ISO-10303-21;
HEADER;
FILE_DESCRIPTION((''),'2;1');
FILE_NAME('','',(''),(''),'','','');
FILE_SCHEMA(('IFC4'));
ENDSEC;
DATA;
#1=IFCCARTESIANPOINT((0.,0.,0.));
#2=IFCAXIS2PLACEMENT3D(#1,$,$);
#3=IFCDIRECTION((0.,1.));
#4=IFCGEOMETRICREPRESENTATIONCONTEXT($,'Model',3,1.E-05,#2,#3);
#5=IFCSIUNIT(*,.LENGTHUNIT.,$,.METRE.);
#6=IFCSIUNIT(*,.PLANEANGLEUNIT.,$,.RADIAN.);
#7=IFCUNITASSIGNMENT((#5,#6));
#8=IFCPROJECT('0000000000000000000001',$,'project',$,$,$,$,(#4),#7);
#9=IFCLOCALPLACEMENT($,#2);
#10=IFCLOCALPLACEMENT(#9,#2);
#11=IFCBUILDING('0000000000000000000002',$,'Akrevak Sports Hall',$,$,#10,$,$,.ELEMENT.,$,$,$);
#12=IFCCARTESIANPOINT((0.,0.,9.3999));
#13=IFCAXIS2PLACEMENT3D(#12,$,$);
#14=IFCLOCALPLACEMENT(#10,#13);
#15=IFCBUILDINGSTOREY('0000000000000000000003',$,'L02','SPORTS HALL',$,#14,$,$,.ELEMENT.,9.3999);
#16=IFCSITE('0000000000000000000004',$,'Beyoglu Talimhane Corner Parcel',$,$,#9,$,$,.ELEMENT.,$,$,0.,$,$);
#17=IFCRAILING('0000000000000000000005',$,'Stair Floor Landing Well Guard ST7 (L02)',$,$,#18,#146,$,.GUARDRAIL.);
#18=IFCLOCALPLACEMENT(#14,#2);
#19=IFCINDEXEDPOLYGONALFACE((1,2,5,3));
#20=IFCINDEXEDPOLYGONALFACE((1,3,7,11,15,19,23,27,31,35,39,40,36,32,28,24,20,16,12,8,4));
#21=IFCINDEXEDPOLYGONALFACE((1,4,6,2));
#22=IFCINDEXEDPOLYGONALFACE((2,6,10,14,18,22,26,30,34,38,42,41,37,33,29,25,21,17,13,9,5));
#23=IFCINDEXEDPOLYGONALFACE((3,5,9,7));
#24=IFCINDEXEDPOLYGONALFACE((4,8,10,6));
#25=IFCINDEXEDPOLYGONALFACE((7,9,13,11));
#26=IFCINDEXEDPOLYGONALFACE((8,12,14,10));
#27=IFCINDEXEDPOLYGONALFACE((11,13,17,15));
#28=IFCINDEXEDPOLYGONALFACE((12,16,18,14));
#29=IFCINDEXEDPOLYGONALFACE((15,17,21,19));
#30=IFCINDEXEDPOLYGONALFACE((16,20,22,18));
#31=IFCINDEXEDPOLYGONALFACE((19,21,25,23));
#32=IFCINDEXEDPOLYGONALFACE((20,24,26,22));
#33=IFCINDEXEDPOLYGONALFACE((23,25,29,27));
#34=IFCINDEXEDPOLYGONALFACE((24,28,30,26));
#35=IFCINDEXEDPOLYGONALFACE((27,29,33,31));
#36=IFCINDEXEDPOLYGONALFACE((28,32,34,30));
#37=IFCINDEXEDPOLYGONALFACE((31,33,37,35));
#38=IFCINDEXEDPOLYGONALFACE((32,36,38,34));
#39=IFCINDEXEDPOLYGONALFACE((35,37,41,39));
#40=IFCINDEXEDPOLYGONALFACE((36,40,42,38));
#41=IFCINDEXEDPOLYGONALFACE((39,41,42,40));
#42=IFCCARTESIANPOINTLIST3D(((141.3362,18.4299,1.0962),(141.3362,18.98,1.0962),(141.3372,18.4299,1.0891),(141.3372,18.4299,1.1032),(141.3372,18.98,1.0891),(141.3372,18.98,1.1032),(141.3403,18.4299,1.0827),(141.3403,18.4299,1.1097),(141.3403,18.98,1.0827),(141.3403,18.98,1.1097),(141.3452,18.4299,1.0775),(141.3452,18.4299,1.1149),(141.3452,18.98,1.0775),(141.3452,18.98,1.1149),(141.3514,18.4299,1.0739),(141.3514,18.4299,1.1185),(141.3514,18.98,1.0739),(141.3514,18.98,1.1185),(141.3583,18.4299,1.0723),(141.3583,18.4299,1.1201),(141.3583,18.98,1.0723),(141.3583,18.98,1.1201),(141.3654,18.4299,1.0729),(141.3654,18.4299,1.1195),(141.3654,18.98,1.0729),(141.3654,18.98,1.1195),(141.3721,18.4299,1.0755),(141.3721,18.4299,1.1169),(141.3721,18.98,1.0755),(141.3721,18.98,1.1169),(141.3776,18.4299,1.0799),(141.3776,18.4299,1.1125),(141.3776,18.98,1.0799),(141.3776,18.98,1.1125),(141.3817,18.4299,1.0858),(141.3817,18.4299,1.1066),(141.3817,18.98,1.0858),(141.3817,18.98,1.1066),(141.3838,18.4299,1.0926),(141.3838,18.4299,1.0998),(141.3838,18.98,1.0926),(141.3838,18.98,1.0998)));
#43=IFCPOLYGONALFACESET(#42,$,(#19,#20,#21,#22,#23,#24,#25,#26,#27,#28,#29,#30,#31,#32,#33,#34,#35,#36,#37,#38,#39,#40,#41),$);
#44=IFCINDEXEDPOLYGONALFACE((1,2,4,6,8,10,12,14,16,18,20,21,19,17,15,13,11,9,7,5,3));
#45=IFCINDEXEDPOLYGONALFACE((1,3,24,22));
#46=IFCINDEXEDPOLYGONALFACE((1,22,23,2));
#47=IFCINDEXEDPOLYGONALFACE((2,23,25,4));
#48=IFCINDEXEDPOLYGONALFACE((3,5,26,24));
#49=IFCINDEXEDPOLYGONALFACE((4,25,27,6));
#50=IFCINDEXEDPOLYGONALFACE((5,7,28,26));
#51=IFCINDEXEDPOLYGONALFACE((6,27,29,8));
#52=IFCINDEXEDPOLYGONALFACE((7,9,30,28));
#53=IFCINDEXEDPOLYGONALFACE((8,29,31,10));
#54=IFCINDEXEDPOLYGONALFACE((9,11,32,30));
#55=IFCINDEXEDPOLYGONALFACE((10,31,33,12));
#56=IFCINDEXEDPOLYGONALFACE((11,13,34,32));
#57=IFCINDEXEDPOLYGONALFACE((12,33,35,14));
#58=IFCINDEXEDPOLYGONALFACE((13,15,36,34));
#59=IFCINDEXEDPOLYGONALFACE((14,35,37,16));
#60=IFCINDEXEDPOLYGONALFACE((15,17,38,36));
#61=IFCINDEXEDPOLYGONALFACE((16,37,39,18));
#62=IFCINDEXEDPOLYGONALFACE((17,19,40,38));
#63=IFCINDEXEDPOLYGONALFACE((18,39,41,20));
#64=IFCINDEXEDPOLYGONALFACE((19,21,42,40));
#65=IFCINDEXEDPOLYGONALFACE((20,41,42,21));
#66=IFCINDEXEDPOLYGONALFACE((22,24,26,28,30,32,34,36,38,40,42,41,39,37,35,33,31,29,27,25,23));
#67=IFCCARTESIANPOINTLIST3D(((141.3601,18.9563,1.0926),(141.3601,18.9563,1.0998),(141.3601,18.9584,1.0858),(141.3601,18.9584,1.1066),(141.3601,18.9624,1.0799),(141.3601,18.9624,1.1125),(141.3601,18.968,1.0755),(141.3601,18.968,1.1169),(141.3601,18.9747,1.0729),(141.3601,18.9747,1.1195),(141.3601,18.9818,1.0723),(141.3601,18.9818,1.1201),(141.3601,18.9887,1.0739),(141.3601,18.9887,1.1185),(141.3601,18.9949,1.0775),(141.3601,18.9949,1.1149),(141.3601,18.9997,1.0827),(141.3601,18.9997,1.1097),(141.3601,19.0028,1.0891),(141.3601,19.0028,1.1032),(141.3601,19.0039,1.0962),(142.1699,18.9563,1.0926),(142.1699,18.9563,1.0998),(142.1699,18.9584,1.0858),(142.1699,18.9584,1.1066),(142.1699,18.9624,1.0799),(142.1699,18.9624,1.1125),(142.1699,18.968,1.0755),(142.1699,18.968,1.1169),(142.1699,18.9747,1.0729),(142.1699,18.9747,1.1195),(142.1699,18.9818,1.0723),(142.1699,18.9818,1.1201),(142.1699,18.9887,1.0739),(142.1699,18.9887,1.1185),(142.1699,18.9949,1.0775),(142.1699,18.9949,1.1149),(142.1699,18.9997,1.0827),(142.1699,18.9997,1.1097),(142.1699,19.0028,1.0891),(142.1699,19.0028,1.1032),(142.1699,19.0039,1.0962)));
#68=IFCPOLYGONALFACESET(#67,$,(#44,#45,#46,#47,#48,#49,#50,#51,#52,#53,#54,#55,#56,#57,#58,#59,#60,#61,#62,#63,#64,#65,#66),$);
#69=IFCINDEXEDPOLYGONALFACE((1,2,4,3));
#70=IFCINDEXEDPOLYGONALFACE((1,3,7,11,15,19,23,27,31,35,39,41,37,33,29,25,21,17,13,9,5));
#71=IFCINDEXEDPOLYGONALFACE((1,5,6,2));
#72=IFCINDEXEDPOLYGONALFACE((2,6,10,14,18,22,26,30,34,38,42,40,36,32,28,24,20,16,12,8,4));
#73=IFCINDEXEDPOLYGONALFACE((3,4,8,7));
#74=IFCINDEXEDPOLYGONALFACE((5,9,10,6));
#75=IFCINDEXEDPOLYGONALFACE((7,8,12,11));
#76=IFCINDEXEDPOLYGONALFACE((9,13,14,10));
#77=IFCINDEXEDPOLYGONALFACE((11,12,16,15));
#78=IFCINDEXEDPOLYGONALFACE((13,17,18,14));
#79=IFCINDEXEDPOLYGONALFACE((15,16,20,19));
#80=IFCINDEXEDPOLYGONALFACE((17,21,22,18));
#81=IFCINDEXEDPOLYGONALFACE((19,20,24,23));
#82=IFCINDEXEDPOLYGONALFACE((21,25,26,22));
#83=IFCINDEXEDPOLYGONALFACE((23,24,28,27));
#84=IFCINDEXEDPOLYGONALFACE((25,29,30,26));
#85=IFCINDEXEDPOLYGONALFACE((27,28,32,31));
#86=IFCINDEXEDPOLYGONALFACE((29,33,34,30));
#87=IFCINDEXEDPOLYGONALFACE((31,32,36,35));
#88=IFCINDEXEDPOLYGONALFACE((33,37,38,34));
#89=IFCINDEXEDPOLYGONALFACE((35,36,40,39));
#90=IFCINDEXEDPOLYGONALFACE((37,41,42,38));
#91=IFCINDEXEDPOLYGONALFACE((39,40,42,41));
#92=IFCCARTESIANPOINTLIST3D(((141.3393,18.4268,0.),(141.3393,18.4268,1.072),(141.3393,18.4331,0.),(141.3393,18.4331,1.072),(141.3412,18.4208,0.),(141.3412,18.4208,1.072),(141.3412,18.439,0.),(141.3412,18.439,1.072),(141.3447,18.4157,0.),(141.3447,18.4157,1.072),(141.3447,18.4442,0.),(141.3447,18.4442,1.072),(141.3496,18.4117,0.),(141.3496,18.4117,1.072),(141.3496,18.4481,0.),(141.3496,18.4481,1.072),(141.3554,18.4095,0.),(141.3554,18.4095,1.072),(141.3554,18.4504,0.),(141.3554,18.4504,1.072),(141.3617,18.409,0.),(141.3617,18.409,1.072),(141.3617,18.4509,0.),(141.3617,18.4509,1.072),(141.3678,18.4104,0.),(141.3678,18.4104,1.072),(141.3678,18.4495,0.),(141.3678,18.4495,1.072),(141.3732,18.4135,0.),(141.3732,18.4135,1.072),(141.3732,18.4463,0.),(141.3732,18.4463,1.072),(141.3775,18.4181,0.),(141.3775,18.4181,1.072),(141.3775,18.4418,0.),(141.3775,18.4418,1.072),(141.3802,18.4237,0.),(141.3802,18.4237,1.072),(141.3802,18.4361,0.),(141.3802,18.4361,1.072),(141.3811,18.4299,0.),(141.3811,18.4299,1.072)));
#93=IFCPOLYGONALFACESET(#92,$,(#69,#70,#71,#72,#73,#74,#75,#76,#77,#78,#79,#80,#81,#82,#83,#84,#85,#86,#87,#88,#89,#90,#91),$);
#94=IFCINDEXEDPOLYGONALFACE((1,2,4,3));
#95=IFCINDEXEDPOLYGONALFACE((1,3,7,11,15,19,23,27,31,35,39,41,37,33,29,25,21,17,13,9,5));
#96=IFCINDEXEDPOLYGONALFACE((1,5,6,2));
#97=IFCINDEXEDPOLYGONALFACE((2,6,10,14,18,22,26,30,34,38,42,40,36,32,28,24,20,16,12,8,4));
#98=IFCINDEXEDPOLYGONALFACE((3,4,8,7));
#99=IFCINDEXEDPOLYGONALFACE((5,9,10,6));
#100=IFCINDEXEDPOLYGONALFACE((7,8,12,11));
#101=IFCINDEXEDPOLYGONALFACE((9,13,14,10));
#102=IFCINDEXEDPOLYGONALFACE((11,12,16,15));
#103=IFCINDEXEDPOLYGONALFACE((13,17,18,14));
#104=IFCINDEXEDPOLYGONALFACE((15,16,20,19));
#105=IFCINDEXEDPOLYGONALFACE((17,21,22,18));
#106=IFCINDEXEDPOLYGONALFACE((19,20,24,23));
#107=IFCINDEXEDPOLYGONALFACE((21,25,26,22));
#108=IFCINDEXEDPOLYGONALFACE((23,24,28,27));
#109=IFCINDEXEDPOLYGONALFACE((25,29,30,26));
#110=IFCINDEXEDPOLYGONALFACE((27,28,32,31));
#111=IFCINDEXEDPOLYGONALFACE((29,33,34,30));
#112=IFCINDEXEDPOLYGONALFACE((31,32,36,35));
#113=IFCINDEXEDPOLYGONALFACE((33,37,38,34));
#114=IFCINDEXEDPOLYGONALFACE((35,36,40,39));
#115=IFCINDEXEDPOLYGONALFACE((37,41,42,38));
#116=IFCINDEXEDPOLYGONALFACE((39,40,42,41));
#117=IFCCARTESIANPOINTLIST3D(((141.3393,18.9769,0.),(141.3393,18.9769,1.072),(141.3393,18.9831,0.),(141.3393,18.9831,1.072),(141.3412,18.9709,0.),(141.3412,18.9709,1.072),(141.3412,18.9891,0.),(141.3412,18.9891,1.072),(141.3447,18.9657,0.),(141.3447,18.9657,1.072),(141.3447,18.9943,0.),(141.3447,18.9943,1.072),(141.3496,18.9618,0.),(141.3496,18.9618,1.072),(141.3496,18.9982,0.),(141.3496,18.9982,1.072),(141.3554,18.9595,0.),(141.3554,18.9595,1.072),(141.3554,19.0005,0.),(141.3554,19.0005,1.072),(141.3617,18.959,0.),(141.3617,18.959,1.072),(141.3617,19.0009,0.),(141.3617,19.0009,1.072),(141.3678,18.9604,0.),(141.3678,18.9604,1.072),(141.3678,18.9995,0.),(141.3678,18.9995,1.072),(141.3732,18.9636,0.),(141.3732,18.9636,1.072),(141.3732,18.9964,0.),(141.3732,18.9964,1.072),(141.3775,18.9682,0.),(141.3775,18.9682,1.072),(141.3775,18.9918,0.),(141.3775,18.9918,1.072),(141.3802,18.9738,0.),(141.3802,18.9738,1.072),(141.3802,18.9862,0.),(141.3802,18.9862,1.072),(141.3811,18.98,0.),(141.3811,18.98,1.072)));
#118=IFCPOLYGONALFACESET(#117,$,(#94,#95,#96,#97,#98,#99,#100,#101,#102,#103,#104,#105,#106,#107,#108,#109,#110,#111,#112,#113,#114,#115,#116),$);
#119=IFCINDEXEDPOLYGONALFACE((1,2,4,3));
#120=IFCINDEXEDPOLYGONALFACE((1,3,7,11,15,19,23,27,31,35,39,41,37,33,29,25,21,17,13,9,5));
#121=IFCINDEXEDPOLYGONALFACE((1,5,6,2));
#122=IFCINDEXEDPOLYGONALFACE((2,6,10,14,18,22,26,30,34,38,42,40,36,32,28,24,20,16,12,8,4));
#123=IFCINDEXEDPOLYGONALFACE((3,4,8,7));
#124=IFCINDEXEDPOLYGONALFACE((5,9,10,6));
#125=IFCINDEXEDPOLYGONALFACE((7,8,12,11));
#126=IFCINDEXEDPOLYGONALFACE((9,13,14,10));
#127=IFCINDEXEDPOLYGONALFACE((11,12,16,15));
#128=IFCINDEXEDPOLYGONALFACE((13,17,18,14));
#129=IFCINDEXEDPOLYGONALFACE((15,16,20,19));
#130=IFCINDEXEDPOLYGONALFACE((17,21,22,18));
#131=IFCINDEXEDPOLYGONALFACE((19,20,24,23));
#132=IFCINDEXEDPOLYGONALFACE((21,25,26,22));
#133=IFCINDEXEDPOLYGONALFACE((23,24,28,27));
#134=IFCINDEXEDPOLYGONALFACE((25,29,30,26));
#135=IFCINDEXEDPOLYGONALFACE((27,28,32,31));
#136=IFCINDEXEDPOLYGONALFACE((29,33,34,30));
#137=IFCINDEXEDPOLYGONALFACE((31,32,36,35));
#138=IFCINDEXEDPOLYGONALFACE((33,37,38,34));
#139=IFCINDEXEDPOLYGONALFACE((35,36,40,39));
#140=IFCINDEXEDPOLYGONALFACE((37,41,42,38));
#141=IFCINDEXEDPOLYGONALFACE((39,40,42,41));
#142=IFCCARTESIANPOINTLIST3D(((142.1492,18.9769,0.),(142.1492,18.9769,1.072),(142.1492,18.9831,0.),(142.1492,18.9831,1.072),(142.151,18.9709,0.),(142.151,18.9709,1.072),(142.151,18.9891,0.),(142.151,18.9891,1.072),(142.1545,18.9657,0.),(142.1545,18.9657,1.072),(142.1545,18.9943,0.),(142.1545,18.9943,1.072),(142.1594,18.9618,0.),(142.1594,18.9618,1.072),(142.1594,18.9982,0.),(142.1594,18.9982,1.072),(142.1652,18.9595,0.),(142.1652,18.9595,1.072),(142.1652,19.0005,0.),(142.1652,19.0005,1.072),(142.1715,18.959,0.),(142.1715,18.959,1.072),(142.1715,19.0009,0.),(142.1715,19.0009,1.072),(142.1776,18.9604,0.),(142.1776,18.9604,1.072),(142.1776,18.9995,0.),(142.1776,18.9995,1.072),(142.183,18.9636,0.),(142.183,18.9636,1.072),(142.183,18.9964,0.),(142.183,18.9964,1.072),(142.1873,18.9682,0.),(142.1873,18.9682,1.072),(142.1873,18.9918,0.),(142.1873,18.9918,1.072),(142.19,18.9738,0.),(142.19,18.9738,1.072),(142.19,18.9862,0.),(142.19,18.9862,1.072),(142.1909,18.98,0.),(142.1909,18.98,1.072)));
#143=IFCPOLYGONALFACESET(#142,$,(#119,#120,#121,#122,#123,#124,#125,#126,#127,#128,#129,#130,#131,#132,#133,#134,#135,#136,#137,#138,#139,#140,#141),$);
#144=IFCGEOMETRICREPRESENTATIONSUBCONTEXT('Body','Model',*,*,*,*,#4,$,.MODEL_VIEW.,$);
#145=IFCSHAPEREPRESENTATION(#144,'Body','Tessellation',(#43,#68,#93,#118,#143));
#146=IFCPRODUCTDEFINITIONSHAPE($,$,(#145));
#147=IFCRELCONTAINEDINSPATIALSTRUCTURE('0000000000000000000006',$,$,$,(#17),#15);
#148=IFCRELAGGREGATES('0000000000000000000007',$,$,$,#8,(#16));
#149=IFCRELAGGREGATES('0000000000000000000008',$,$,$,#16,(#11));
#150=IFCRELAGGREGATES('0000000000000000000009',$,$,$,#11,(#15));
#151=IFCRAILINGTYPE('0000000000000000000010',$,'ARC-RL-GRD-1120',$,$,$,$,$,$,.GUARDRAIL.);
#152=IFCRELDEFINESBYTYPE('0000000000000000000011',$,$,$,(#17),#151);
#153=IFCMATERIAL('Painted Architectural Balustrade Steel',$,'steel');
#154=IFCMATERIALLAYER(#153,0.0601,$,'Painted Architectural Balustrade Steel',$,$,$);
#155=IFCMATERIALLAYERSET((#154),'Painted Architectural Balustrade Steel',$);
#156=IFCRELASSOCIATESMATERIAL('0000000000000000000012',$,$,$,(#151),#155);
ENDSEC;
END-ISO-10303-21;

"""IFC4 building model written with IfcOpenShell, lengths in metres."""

from ifc_helpers import new_model, si_unit, direction, frame, origin, origin_2d, place, context, subcontext, project, spatial, circle, extrude, material, layer, layer_set, type_object, element, save


model = new_model("IFC4")

# Units and contexts
model_context = context("Model", 3, precision=1e-05, world=origin(), true_north=direction((0.0, 1.0)))
body_context = subcontext(model_context, "Body", "Model", "MODEL_VIEW")
ifc_project = project(units=[si_unit("LENGTHUNIT", "METRE"), si_unit("PLANEANGLEUNIT", "RADIAN")], contexts=[model_context])

# Site, building, storey
site_placement = place(None, origin())
site = spatial("IfcSite", under=ifc_project, at=site_placement, Name="Beyoglu Talimhane Corner Parcel", CompositionType="ELEMENT", RefElevation=0.0)
building_placement = place(site_placement, origin())
building = spatial("IfcBuilding", under=site, at=building_placement, Name="Akrevak Sports Hall", CompositionType="ELEMENT")
storey_placement = place(building_placement, frame((0.0, 0.0, 9.3999)))
storey = spatial("IfcBuildingStorey", under=building, at=storey_placement, Name="L02", Description="SPORTS HALL", CompositionType="ELEMENT", Elevation=9.3999)

# Railing
ifc_material_1 = material(Name="Painted Architectural Balustrade Steel", Category="steel")
ifc_layer_1 = layer(ifc_material_1, 0.0601, Name="Painted Architectural Balustrade Steel")
ifc_layer_set_1 = layer_set([ifc_layer_1], Name="Painted Architectural Balustrade Steel")
railing_type_1 = type_object("IfcRailingType", Name="ARC-RL-GRD-1120", PredefinedType="GUARDRAIL", material=ifc_layer_set_1)
railing_1_placement = place(storey_placement, frame((141.3601, 18.4299, 0.0)))
element("IfcRailing", 1, at=railing_1_placement, inside=storey, type_object=railing_type_1, Name="Stair Floor Landing Well Guard ST7 (L02)", PredefinedType="GUARDRAIL", context=body_context, shape_type="SweptSolid", body=[
    extrude(circle(Radius=0.0239, at=origin_2d()), frame((0.0, 0.0, 1.0962), z_axis=(0.0, 1.0, 0.0), x_axis=(-1.0, 0.0, 0.0)), (0.0, 0.0, 1.0), 0.55),
    extrude(circle(Radius=0.0239, at=origin_2d()), frame((0.0, 0.55, 1.0962), z_axis=(1.0, 0.0, 0.0), x_axis=(0.0, 1.0, 0.0)), (0.0, 0.0, 1.0), 0.8098),
    extrude(circle(Radius=0.021, at=origin_2d()), origin(), (0.0, 0.0, 1.0), 1.072),
    extrude(circle(Radius=0.021, at=origin_2d()), frame((0.0, 0.55, 0.0)), (0.0, 0.0, 1.0), 1.072),
    extrude(circle(Radius=0.021, at=origin_2d()), frame((0.8098, 0.55, 0.0)), (0.0, 0.0, 1.0), 1.072),
])

save(model, "model.ifc")
